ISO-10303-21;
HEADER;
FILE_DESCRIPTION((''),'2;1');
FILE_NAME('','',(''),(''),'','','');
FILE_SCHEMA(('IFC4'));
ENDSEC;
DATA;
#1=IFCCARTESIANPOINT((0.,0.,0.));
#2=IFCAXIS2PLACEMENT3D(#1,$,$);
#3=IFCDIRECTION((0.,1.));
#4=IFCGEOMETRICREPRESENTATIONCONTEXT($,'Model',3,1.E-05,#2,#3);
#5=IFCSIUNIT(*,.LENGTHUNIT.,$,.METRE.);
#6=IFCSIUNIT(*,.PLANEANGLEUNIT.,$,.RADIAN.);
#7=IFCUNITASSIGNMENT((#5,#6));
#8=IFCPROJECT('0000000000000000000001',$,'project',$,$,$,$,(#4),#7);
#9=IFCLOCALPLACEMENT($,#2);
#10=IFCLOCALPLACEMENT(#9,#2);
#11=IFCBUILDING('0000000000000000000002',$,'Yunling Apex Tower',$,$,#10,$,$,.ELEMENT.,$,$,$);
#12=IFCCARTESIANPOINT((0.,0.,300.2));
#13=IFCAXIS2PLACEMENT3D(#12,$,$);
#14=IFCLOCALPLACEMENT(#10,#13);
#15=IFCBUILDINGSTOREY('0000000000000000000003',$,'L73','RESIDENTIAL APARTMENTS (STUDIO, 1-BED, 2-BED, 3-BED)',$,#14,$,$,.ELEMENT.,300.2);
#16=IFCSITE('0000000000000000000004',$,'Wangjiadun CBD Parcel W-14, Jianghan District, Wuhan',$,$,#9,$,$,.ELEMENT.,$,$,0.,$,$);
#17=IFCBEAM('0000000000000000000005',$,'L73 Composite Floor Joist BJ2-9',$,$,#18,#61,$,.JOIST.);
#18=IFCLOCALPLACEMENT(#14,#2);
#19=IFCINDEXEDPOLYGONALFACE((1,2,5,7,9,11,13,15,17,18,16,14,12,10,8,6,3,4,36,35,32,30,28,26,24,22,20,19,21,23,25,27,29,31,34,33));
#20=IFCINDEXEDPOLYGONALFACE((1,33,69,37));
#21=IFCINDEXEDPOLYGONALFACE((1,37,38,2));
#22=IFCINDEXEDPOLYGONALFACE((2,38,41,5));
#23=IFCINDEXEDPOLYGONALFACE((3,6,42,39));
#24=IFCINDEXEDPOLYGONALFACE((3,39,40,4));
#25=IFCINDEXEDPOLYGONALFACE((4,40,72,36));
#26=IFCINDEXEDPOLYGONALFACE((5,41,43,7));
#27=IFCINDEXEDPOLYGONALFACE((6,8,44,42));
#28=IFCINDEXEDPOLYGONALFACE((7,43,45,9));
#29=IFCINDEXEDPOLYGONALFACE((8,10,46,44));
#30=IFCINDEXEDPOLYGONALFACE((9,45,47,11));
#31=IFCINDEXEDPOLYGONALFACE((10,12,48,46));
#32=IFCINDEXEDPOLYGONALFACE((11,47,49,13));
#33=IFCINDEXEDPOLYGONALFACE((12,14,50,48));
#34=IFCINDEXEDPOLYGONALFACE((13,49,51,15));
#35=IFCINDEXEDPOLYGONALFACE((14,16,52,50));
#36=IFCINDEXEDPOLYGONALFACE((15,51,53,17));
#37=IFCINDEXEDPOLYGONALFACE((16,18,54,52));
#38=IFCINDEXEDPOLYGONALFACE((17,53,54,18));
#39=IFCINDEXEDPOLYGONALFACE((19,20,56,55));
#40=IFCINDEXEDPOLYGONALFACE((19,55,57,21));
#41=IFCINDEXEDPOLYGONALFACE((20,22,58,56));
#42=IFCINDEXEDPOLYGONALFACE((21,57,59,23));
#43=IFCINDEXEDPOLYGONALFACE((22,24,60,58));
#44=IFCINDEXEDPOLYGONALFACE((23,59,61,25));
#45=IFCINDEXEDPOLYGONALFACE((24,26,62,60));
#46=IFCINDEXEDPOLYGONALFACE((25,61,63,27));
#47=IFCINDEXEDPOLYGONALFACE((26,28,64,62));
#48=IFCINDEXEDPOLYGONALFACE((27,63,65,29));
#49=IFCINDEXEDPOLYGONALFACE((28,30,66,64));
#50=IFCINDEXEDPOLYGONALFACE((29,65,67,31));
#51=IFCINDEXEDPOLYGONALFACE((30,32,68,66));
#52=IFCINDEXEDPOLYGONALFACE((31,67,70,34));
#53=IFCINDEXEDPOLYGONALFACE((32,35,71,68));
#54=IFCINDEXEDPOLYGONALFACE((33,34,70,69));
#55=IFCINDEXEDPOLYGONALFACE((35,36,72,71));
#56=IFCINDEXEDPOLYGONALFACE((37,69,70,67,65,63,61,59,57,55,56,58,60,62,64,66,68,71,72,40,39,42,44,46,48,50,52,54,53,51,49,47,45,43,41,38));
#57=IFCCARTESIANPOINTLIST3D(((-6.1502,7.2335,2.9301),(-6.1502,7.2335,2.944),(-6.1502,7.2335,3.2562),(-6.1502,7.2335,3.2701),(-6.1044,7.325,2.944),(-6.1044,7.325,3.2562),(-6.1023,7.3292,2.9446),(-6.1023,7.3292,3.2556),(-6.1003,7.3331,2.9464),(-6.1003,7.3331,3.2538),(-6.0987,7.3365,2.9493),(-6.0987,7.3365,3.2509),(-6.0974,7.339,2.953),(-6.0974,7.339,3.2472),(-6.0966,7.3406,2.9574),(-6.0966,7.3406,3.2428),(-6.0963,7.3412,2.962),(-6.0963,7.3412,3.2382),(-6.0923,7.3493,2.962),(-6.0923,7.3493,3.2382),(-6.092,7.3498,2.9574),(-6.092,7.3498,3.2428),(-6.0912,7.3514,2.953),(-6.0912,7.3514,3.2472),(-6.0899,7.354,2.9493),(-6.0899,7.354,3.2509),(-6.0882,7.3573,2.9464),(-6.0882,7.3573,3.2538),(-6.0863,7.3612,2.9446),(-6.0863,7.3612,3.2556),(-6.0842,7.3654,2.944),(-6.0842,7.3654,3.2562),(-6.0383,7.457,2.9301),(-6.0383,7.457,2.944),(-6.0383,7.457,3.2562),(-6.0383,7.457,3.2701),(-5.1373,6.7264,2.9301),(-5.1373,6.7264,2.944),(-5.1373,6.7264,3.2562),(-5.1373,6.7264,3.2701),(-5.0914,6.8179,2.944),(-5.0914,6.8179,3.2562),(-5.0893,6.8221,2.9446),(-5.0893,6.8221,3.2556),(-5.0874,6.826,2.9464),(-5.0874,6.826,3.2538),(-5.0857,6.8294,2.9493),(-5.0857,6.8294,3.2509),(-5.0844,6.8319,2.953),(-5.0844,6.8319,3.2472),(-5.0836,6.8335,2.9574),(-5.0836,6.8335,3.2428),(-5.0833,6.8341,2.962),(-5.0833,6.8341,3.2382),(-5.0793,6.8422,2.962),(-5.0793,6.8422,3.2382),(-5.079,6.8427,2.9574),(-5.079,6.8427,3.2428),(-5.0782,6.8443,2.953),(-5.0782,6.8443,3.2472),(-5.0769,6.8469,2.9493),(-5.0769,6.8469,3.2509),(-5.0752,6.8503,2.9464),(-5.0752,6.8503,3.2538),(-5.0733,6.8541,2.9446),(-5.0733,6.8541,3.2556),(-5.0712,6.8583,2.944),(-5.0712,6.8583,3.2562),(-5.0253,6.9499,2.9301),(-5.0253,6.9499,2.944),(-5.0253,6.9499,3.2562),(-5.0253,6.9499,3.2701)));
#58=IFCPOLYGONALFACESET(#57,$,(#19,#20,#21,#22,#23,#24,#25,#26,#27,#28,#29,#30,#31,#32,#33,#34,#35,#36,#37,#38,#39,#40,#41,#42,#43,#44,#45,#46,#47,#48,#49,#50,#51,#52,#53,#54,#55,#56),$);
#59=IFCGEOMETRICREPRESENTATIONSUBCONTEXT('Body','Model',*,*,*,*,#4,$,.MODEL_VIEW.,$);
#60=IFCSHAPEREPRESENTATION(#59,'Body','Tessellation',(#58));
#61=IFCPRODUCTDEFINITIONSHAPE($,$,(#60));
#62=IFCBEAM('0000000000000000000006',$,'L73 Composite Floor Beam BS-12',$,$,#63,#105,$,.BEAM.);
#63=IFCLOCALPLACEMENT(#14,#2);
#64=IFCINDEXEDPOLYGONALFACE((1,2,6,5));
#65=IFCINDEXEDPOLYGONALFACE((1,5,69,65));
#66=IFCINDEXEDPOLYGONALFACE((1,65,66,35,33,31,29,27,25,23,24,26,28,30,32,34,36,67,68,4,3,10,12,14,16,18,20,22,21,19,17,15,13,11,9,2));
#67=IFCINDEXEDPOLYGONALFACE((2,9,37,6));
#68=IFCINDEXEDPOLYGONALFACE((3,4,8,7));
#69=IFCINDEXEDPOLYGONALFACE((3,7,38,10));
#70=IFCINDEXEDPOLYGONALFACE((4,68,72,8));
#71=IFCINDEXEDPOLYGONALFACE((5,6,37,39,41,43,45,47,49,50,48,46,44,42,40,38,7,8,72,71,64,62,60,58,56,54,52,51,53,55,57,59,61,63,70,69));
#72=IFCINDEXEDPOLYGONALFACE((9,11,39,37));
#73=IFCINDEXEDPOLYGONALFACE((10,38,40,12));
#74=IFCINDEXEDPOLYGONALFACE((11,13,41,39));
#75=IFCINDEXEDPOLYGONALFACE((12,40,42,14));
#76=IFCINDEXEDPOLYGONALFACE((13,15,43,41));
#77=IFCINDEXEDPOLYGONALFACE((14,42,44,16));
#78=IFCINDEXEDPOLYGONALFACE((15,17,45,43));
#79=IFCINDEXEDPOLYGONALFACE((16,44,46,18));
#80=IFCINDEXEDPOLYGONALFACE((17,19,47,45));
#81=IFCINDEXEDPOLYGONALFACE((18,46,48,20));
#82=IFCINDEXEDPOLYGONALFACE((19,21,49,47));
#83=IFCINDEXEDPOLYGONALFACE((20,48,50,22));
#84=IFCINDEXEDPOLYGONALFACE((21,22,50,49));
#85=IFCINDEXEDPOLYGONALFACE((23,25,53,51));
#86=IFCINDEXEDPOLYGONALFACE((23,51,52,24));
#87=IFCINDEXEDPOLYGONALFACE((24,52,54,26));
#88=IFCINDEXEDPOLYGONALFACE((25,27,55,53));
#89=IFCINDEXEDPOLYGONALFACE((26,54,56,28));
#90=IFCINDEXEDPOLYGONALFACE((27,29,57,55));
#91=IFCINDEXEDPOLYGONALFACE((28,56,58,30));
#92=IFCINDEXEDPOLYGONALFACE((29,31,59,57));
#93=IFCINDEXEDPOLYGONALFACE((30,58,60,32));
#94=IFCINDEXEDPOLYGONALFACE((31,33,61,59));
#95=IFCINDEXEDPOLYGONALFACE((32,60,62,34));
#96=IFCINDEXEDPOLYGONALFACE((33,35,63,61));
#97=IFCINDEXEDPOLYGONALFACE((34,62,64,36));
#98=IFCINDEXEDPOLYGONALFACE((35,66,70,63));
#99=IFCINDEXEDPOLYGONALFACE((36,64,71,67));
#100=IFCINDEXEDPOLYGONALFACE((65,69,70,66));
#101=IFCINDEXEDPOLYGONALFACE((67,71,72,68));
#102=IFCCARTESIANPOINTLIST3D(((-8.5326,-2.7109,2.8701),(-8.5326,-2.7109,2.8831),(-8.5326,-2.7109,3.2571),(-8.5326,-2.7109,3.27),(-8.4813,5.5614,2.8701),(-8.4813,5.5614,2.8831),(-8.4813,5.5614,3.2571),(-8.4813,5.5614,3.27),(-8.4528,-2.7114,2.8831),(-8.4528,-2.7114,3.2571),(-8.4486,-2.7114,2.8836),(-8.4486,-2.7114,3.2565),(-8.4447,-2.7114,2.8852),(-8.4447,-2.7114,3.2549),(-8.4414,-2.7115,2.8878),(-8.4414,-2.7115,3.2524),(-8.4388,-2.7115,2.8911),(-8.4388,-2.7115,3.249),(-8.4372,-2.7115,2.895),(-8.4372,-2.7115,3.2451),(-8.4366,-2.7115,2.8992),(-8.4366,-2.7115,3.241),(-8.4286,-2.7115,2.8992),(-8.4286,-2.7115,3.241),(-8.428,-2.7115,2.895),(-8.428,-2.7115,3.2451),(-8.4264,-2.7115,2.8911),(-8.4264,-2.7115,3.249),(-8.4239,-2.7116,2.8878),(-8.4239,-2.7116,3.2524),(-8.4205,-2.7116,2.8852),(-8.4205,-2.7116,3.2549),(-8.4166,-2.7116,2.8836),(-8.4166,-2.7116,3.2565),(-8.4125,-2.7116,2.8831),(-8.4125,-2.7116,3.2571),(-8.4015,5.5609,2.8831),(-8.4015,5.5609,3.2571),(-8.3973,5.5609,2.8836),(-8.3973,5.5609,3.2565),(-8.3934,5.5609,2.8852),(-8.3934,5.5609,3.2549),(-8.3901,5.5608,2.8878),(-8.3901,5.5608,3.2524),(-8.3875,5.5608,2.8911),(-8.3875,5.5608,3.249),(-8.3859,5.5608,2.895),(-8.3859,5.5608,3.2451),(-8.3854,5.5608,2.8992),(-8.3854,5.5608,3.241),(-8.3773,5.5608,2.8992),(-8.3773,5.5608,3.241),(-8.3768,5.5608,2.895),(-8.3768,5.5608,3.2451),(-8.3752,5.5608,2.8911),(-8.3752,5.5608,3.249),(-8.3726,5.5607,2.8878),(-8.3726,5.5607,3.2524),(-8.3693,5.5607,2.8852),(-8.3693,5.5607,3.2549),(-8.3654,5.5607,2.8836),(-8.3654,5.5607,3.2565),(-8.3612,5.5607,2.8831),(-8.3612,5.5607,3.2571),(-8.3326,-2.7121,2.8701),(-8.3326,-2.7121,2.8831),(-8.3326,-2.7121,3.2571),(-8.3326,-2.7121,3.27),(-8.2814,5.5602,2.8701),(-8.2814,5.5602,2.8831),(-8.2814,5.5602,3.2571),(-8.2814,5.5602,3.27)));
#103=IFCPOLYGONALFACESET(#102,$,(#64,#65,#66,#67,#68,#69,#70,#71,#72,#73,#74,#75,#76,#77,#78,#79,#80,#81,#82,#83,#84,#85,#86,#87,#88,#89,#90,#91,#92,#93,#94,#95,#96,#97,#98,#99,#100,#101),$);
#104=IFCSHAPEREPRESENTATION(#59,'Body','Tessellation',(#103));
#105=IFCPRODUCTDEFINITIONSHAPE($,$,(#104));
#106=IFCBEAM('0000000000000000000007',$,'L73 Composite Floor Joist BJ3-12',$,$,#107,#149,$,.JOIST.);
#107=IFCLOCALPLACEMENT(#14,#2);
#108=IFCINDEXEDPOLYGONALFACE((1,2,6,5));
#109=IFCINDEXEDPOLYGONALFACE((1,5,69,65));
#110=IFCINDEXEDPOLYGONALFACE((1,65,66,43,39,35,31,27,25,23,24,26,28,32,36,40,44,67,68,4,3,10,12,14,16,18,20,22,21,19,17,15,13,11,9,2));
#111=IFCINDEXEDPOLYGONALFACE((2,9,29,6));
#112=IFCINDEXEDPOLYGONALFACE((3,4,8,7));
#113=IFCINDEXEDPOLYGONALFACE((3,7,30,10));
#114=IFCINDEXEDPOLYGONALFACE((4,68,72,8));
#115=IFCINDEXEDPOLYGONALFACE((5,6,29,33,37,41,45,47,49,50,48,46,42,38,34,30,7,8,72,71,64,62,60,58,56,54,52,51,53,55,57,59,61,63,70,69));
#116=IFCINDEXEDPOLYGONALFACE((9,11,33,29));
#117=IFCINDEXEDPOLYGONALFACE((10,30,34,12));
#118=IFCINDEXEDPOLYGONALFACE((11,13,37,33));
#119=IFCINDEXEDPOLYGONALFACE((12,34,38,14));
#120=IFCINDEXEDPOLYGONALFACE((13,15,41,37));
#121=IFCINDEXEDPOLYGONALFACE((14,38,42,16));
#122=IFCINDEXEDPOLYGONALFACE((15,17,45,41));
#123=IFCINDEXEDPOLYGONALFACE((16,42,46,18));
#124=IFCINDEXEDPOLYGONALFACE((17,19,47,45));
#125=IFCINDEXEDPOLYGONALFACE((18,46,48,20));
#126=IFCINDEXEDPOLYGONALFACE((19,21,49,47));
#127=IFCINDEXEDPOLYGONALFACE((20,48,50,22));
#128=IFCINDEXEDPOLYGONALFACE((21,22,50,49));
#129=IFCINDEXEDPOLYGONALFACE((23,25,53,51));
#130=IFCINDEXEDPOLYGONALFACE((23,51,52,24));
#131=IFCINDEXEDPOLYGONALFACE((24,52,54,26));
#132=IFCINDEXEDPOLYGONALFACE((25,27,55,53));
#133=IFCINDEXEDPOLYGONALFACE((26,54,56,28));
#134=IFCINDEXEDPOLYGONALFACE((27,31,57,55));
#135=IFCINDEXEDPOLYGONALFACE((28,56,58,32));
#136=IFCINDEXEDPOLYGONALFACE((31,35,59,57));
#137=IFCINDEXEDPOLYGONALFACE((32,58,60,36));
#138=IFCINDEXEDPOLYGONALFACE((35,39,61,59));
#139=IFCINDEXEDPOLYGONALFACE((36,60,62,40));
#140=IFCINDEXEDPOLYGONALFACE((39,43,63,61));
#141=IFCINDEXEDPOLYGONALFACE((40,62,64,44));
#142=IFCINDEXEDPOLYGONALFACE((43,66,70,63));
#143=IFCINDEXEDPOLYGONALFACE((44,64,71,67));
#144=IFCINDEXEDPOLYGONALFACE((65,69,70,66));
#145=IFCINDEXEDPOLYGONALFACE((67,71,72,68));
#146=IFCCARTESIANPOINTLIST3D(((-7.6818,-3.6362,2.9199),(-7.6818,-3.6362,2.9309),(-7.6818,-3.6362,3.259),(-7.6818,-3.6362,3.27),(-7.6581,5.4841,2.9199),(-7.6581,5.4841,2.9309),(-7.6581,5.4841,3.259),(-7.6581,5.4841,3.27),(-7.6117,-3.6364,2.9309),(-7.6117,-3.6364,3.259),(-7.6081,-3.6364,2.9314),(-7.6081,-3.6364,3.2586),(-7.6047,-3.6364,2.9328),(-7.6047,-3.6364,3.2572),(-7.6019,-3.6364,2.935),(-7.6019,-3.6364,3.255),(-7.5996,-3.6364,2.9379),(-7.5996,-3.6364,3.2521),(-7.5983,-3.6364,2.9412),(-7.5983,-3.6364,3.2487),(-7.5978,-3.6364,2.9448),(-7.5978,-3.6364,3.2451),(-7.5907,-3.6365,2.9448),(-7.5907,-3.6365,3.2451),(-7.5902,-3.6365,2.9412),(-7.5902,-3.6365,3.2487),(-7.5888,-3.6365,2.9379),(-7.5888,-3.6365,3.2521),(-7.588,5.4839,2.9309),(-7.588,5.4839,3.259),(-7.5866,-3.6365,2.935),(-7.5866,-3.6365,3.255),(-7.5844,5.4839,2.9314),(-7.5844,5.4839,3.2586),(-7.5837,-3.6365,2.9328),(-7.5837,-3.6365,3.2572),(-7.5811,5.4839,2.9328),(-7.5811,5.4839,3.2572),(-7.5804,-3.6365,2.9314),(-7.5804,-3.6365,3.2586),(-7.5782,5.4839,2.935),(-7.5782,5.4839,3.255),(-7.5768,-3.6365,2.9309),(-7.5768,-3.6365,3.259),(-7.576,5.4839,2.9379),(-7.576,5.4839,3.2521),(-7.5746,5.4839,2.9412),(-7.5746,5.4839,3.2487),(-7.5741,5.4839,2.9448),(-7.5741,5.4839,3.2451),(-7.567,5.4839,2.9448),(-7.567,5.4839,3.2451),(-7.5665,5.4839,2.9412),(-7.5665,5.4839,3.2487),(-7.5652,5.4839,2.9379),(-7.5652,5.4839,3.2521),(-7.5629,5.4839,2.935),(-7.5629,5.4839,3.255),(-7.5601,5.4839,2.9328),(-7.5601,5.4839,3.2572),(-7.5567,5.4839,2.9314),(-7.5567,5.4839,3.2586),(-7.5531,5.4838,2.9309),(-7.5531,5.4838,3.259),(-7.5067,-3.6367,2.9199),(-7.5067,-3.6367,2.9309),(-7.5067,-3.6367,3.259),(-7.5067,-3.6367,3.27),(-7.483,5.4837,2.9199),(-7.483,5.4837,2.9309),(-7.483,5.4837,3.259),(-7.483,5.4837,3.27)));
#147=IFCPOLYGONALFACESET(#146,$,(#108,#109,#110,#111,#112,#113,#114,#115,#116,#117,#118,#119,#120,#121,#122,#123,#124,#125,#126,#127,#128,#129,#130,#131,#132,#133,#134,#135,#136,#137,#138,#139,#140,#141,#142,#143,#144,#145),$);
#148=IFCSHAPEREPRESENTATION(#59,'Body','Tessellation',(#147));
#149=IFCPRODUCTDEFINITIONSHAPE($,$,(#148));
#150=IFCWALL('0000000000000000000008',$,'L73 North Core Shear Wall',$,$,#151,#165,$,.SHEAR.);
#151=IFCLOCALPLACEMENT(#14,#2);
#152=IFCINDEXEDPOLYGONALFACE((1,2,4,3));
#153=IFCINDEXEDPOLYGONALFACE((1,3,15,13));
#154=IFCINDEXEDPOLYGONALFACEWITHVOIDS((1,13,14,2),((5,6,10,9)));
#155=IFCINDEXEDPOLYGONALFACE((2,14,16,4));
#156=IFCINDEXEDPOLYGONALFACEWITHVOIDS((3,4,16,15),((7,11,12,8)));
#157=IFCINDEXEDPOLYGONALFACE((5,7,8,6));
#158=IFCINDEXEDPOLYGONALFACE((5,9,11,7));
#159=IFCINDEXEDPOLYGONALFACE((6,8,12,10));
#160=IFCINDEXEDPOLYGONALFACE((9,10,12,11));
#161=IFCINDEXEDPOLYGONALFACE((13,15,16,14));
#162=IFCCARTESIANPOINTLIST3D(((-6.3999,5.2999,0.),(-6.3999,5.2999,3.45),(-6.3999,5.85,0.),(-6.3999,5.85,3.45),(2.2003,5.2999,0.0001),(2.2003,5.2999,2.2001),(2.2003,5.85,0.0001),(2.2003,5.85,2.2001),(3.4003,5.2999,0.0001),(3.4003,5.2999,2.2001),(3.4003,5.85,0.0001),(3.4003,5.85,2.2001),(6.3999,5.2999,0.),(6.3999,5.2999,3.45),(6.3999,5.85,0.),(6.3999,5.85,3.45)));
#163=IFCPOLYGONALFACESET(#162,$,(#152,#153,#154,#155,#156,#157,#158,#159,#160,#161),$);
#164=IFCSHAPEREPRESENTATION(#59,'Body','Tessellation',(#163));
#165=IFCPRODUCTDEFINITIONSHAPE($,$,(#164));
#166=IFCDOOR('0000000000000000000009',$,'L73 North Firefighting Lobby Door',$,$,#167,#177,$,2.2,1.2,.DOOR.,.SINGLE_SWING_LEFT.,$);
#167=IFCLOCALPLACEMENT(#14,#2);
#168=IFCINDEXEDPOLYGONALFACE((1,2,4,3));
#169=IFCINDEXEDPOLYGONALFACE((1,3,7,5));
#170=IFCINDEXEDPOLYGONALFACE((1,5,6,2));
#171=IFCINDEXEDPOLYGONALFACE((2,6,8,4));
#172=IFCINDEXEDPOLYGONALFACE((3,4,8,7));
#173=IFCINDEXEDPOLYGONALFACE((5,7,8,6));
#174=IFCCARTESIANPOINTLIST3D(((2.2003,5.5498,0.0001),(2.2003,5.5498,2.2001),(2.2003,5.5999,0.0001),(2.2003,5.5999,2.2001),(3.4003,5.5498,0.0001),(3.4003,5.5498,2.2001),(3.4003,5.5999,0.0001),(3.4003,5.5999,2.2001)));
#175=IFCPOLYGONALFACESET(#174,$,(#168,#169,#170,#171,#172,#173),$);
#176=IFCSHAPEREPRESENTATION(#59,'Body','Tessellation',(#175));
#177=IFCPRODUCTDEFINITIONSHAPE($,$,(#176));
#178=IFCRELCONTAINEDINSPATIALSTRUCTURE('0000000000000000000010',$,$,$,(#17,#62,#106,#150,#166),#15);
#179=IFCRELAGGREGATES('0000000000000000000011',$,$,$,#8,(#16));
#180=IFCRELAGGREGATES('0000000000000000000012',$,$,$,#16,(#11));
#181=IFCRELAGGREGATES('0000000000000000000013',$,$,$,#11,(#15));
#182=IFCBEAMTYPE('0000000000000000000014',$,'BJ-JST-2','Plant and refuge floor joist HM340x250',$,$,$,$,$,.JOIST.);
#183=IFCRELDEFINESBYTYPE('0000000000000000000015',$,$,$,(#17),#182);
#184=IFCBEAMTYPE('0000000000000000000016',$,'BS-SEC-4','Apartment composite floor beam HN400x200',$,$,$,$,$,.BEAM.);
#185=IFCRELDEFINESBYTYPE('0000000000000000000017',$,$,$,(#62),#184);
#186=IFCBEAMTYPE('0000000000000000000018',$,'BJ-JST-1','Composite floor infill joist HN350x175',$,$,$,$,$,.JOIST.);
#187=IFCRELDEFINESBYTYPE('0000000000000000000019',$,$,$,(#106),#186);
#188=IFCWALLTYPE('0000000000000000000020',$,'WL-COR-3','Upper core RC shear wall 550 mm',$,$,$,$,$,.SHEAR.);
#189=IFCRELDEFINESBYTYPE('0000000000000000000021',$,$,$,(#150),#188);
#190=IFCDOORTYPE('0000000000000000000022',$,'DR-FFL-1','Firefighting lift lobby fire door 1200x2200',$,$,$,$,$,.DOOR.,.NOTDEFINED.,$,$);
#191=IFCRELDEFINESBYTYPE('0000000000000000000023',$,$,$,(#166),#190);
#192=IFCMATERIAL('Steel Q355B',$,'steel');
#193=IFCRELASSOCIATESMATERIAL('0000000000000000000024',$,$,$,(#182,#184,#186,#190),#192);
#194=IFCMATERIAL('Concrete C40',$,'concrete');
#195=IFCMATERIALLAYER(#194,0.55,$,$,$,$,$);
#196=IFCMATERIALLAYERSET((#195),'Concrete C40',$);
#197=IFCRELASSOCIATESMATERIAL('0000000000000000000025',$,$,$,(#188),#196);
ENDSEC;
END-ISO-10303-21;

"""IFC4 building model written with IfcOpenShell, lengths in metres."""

from ifc_helpers import new_model, si_unit, direction, frame, frame_2d, origin, origin_2d, place, context, subcontext, project, spatial, rectangle, i_section, extrude, source, transform, mapped, material, layer, layer_set, material_profile, profile_set, type_object, element, fill, save


model = new_model("IFC4")

# Units and contexts
model_context = context("Model", 3, precision=1e-05, world=origin(), true_north=direction((0.0, 1.0)))
body_context = subcontext(model_context, "Body", "Model", "MODEL_VIEW")
ifc_project = project(units=[si_unit("LENGTHUNIT", "METRE"), si_unit("PLANEANGLEUNIT", "RADIAN")], contexts=[model_context])

# Site, building, storey
site_placement = place(None, origin())
site = spatial("IfcSite", under=ifc_project, at=site_placement, Name="Wangjiadun CBD Parcel W-14, Jianghan District, Wuhan", CompositionType="ELEMENT", RefElevation=0.0)
building_placement = place(site_placement, origin())
building = spatial("IfcBuilding", under=site, at=building_placement, Name="Yunling Apex Tower", CompositionType="ELEMENT")
storey_placement = place(building_placement, frame((0.0, 0.0, 300.2)))
storey = spatial("IfcBuildingStorey", under=building, at=storey_placement, Name="L73", Description="RESIDENTIAL APARTMENTS (STUDIO, 1-BED, 2-BED, 3-BED)", CompositionType="ELEMENT", Elevation=300.2)

# Beams
ifc_material_1 = material(Name="Steel Q355B", Category="steel")
ifc_material_profile_1 = material_profile(ifc_material_1, i_section(OverallWidth=0.25, OverallDepth=0.3401, WebThickness=0.009, FlangeThickness=0.0139, FilletRadius=0.0181, at=origin_2d()))
ifc_profile_set_1 = profile_set([ifc_material_profile_1], Name="Steel Q355B")
beam_type_1 = type_object("IfcBeamType", Name="BJ-JST-2", Description="Plant and refuge floor joist HM340x250", PredefinedType="JOIST", material=ifc_profile_set_1)
shared_shape_1 = source(origin(), body_context, "Body", "SweptSolid", [
    extrude(i_section(OverallWidth=0.25, OverallDepth=0.3401, WebThickness=0.009, FlangeThickness=0.0139, FilletRadius=0.0181, at=origin_2d()), origin(), (0.0, 0.0, 1.0), 1.1328),
])
beam_1_placement = place(storey_placement, frame((-5.0813, 6.8381, 3.1001), z_axis=(-0.894212, 0.447645, 0.0), x_axis=(-0.447645, -0.894212, 0.0)))
element("IfcBeam", 1, at=beam_1_placement, inside=storey, type_object=beam_type_1, Name="L73 Composite Floor Joist BJ2-9", PredefinedType="JOIST", context=body_context, shape_type="MappedRepresentation", body=[
    mapped(shared_shape_1, transform((0.0, 0.0, 0.0), scale=1.0)),
])
ifc_material_profile_2 = material_profile(ifc_material_1, i_section(OverallWidth=0.2, OverallDepth=0.3999, WebThickness=0.0081, FlangeThickness=0.0129, FilletRadius=0.0161, at=origin_2d()))
ifc_profile_set_2 = profile_set([ifc_material_profile_2], Name="Steel Q355B")
beam_type_2 = type_object("IfcBeamType", Name="BS-SEC-4", Description="Apartment composite floor beam HN400x200", PredefinedType="BEAM", material=ifc_profile_set_2)
shared_shape_2 = source(origin(), body_context, "Body", "SweptSolid", [
    extrude(i_section(OverallWidth=0.2, OverallDepth=0.3999, WebThickness=0.0081, FlangeThickness=0.0129, FilletRadius=0.0161, at=origin_2d()), origin(), (0.0, 0.0, 1.0), 8.2725),
])
beam_2_placement = place(storey_placement, frame((-8.3813, 5.5608, 3.0701), z_axis=(-0.006198, -0.999981, 0.0), x_axis=(0.999981, -0.006198, 0.0)))
element("IfcBeam", 2, at=beam_2_placement, inside=storey, type_object=beam_type_2, Name="L73 Composite Floor Beam BS-12", PredefinedType="BEAM", context=body_context, shape_type="MappedRepresentation", body=[
    mapped(shared_shape_2, transform((0.0, 0.0, 0.0), scale=1.0)),
])
ifc_material_profile_3 = material_profile(ifc_material_1, i_section(OverallWidth=0.175, OverallDepth=0.3501, WebThickness=0.0071, FlangeThickness=0.011, FilletRadius=0.0139, at=origin_2d()))
ifc_profile_set_3 = profile_set([ifc_material_profile_3], Name="Steel Q355B")
beam_type_3 = type_object("IfcBeamType", Name="BJ-JST-1", Description="Composite floor infill joist HN350x175", PredefinedType="JOIST", material=ifc_profile_set_3)
shared_shape_3 = source(origin(), body_context, "Body", "SweptSolid", [
    extrude(i_section(OverallWidth=0.175, OverallDepth=0.3501, WebThickness=0.0071, FlangeThickness=0.011, FilletRadius=0.0139, at=origin_2d()), origin(), (0.0, 0.0, 1.0), 9.1204),
])
beam_3_placement = place(storey_placement, frame((-7.5706, 5.4839, 3.095), z_axis=(-0.002597, -0.999997, 0.0), x_axis=(0.999997, -0.002597, 0.0)))
element("IfcBeam", 3, at=beam_3_placement, inside=storey, type_object=beam_type_3, Name="L73 Composite Floor Joist BJ3-12", PredefinedType="JOIST", context=body_context, shape_type="MappedRepresentation", body=[
    mapped(shared_shape_3, transform((0.0, 0.0, 0.0), scale=1.0)),
])

# Wall, opening, door
ifc_material_2 = material(Name="Concrete C40", Category="concrete")
ifc_layer_1 = layer(ifc_material_2, 0.55)
ifc_layer_set_1 = layer_set([ifc_layer_1], Name="Concrete C40")
wall_type_1 = type_object("IfcWallType", Name="WL-COR-3", Description="Upper core RC shear wall 550 mm", PredefinedType="SHEAR", material=ifc_layer_set_1)
wall_1_placement = place(storey_placement, frame((-6.3999, 5.575, 0.0), z_axis=(0.0, 0.0, 1.0), x_axis=(1.0, 0.0, 0.0)))
wall_1 = element("IfcWall", 4, at=wall_1_placement, inside=storey, type_object=wall_type_1, Name="L73 North Core Shear Wall", PredefinedType="SHEAR", context=body_context, shape_type="SweptSolid", body=[
    extrude(rectangle(XDim=12.7998, YDim=0.55, at=frame_2d((6.3999, 0.0))), origin(), (0.0, 0.0, 1.0), 3.45),
])
opening_1_placement = place(wall_1_placement, frame((8.6001, 0.0, 0.0)))
opening_1 = element("IfcOpeningElement", 5, at=opening_1_placement, cuts=wall_1, PredefinedType="OPENING", context=body_context, shape_type="SweptSolid", body=[
    extrude(rectangle(XDim=1.2, YDim=2.2, at=frame_2d((0.6001, 1.1001))), frame((0.0, 0.2852, 0.0), z_axis=(0.0, -1.0, 0.0), x_axis=(1.0, 0.0, 0.0)), (0.0, 0.0, 1.0), 0.5701),
])
door_type_1 = type_object("IfcDoorType", Name="DR-FFL-1", Description="Firefighting lift lobby fire door 1200x2200", OperationType="NOTDEFINED", PredefinedType="DOOR", material=ifc_material_1)
door_1_placement = place(opening_1_placement, origin())
door_1 = element("IfcDoor", 6, at=door_1_placement, inside=storey, type_object=door_type_1, Name="L73 North Firefighting Lobby Door", OperationType="SINGLE_SWING_LEFT", OverallHeight=2.2, OverallWidth=1.2, PredefinedType="DOOR", context=body_context, shape_type="SweptSolid", body=[
    extrude(rectangle(XDim=1.2, YDim=2.2, at=frame_2d((0.6001, 1.1001))), frame((0.0, 0.0249, 0.0), z_axis=(0.0, -1.0, 0.0), x_axis=(1.0, 0.0, 0.0)), (0.0, 0.0, 1.0), 0.05),
])
fill(opening_1, door_1)

save(model, "model.ifc")
